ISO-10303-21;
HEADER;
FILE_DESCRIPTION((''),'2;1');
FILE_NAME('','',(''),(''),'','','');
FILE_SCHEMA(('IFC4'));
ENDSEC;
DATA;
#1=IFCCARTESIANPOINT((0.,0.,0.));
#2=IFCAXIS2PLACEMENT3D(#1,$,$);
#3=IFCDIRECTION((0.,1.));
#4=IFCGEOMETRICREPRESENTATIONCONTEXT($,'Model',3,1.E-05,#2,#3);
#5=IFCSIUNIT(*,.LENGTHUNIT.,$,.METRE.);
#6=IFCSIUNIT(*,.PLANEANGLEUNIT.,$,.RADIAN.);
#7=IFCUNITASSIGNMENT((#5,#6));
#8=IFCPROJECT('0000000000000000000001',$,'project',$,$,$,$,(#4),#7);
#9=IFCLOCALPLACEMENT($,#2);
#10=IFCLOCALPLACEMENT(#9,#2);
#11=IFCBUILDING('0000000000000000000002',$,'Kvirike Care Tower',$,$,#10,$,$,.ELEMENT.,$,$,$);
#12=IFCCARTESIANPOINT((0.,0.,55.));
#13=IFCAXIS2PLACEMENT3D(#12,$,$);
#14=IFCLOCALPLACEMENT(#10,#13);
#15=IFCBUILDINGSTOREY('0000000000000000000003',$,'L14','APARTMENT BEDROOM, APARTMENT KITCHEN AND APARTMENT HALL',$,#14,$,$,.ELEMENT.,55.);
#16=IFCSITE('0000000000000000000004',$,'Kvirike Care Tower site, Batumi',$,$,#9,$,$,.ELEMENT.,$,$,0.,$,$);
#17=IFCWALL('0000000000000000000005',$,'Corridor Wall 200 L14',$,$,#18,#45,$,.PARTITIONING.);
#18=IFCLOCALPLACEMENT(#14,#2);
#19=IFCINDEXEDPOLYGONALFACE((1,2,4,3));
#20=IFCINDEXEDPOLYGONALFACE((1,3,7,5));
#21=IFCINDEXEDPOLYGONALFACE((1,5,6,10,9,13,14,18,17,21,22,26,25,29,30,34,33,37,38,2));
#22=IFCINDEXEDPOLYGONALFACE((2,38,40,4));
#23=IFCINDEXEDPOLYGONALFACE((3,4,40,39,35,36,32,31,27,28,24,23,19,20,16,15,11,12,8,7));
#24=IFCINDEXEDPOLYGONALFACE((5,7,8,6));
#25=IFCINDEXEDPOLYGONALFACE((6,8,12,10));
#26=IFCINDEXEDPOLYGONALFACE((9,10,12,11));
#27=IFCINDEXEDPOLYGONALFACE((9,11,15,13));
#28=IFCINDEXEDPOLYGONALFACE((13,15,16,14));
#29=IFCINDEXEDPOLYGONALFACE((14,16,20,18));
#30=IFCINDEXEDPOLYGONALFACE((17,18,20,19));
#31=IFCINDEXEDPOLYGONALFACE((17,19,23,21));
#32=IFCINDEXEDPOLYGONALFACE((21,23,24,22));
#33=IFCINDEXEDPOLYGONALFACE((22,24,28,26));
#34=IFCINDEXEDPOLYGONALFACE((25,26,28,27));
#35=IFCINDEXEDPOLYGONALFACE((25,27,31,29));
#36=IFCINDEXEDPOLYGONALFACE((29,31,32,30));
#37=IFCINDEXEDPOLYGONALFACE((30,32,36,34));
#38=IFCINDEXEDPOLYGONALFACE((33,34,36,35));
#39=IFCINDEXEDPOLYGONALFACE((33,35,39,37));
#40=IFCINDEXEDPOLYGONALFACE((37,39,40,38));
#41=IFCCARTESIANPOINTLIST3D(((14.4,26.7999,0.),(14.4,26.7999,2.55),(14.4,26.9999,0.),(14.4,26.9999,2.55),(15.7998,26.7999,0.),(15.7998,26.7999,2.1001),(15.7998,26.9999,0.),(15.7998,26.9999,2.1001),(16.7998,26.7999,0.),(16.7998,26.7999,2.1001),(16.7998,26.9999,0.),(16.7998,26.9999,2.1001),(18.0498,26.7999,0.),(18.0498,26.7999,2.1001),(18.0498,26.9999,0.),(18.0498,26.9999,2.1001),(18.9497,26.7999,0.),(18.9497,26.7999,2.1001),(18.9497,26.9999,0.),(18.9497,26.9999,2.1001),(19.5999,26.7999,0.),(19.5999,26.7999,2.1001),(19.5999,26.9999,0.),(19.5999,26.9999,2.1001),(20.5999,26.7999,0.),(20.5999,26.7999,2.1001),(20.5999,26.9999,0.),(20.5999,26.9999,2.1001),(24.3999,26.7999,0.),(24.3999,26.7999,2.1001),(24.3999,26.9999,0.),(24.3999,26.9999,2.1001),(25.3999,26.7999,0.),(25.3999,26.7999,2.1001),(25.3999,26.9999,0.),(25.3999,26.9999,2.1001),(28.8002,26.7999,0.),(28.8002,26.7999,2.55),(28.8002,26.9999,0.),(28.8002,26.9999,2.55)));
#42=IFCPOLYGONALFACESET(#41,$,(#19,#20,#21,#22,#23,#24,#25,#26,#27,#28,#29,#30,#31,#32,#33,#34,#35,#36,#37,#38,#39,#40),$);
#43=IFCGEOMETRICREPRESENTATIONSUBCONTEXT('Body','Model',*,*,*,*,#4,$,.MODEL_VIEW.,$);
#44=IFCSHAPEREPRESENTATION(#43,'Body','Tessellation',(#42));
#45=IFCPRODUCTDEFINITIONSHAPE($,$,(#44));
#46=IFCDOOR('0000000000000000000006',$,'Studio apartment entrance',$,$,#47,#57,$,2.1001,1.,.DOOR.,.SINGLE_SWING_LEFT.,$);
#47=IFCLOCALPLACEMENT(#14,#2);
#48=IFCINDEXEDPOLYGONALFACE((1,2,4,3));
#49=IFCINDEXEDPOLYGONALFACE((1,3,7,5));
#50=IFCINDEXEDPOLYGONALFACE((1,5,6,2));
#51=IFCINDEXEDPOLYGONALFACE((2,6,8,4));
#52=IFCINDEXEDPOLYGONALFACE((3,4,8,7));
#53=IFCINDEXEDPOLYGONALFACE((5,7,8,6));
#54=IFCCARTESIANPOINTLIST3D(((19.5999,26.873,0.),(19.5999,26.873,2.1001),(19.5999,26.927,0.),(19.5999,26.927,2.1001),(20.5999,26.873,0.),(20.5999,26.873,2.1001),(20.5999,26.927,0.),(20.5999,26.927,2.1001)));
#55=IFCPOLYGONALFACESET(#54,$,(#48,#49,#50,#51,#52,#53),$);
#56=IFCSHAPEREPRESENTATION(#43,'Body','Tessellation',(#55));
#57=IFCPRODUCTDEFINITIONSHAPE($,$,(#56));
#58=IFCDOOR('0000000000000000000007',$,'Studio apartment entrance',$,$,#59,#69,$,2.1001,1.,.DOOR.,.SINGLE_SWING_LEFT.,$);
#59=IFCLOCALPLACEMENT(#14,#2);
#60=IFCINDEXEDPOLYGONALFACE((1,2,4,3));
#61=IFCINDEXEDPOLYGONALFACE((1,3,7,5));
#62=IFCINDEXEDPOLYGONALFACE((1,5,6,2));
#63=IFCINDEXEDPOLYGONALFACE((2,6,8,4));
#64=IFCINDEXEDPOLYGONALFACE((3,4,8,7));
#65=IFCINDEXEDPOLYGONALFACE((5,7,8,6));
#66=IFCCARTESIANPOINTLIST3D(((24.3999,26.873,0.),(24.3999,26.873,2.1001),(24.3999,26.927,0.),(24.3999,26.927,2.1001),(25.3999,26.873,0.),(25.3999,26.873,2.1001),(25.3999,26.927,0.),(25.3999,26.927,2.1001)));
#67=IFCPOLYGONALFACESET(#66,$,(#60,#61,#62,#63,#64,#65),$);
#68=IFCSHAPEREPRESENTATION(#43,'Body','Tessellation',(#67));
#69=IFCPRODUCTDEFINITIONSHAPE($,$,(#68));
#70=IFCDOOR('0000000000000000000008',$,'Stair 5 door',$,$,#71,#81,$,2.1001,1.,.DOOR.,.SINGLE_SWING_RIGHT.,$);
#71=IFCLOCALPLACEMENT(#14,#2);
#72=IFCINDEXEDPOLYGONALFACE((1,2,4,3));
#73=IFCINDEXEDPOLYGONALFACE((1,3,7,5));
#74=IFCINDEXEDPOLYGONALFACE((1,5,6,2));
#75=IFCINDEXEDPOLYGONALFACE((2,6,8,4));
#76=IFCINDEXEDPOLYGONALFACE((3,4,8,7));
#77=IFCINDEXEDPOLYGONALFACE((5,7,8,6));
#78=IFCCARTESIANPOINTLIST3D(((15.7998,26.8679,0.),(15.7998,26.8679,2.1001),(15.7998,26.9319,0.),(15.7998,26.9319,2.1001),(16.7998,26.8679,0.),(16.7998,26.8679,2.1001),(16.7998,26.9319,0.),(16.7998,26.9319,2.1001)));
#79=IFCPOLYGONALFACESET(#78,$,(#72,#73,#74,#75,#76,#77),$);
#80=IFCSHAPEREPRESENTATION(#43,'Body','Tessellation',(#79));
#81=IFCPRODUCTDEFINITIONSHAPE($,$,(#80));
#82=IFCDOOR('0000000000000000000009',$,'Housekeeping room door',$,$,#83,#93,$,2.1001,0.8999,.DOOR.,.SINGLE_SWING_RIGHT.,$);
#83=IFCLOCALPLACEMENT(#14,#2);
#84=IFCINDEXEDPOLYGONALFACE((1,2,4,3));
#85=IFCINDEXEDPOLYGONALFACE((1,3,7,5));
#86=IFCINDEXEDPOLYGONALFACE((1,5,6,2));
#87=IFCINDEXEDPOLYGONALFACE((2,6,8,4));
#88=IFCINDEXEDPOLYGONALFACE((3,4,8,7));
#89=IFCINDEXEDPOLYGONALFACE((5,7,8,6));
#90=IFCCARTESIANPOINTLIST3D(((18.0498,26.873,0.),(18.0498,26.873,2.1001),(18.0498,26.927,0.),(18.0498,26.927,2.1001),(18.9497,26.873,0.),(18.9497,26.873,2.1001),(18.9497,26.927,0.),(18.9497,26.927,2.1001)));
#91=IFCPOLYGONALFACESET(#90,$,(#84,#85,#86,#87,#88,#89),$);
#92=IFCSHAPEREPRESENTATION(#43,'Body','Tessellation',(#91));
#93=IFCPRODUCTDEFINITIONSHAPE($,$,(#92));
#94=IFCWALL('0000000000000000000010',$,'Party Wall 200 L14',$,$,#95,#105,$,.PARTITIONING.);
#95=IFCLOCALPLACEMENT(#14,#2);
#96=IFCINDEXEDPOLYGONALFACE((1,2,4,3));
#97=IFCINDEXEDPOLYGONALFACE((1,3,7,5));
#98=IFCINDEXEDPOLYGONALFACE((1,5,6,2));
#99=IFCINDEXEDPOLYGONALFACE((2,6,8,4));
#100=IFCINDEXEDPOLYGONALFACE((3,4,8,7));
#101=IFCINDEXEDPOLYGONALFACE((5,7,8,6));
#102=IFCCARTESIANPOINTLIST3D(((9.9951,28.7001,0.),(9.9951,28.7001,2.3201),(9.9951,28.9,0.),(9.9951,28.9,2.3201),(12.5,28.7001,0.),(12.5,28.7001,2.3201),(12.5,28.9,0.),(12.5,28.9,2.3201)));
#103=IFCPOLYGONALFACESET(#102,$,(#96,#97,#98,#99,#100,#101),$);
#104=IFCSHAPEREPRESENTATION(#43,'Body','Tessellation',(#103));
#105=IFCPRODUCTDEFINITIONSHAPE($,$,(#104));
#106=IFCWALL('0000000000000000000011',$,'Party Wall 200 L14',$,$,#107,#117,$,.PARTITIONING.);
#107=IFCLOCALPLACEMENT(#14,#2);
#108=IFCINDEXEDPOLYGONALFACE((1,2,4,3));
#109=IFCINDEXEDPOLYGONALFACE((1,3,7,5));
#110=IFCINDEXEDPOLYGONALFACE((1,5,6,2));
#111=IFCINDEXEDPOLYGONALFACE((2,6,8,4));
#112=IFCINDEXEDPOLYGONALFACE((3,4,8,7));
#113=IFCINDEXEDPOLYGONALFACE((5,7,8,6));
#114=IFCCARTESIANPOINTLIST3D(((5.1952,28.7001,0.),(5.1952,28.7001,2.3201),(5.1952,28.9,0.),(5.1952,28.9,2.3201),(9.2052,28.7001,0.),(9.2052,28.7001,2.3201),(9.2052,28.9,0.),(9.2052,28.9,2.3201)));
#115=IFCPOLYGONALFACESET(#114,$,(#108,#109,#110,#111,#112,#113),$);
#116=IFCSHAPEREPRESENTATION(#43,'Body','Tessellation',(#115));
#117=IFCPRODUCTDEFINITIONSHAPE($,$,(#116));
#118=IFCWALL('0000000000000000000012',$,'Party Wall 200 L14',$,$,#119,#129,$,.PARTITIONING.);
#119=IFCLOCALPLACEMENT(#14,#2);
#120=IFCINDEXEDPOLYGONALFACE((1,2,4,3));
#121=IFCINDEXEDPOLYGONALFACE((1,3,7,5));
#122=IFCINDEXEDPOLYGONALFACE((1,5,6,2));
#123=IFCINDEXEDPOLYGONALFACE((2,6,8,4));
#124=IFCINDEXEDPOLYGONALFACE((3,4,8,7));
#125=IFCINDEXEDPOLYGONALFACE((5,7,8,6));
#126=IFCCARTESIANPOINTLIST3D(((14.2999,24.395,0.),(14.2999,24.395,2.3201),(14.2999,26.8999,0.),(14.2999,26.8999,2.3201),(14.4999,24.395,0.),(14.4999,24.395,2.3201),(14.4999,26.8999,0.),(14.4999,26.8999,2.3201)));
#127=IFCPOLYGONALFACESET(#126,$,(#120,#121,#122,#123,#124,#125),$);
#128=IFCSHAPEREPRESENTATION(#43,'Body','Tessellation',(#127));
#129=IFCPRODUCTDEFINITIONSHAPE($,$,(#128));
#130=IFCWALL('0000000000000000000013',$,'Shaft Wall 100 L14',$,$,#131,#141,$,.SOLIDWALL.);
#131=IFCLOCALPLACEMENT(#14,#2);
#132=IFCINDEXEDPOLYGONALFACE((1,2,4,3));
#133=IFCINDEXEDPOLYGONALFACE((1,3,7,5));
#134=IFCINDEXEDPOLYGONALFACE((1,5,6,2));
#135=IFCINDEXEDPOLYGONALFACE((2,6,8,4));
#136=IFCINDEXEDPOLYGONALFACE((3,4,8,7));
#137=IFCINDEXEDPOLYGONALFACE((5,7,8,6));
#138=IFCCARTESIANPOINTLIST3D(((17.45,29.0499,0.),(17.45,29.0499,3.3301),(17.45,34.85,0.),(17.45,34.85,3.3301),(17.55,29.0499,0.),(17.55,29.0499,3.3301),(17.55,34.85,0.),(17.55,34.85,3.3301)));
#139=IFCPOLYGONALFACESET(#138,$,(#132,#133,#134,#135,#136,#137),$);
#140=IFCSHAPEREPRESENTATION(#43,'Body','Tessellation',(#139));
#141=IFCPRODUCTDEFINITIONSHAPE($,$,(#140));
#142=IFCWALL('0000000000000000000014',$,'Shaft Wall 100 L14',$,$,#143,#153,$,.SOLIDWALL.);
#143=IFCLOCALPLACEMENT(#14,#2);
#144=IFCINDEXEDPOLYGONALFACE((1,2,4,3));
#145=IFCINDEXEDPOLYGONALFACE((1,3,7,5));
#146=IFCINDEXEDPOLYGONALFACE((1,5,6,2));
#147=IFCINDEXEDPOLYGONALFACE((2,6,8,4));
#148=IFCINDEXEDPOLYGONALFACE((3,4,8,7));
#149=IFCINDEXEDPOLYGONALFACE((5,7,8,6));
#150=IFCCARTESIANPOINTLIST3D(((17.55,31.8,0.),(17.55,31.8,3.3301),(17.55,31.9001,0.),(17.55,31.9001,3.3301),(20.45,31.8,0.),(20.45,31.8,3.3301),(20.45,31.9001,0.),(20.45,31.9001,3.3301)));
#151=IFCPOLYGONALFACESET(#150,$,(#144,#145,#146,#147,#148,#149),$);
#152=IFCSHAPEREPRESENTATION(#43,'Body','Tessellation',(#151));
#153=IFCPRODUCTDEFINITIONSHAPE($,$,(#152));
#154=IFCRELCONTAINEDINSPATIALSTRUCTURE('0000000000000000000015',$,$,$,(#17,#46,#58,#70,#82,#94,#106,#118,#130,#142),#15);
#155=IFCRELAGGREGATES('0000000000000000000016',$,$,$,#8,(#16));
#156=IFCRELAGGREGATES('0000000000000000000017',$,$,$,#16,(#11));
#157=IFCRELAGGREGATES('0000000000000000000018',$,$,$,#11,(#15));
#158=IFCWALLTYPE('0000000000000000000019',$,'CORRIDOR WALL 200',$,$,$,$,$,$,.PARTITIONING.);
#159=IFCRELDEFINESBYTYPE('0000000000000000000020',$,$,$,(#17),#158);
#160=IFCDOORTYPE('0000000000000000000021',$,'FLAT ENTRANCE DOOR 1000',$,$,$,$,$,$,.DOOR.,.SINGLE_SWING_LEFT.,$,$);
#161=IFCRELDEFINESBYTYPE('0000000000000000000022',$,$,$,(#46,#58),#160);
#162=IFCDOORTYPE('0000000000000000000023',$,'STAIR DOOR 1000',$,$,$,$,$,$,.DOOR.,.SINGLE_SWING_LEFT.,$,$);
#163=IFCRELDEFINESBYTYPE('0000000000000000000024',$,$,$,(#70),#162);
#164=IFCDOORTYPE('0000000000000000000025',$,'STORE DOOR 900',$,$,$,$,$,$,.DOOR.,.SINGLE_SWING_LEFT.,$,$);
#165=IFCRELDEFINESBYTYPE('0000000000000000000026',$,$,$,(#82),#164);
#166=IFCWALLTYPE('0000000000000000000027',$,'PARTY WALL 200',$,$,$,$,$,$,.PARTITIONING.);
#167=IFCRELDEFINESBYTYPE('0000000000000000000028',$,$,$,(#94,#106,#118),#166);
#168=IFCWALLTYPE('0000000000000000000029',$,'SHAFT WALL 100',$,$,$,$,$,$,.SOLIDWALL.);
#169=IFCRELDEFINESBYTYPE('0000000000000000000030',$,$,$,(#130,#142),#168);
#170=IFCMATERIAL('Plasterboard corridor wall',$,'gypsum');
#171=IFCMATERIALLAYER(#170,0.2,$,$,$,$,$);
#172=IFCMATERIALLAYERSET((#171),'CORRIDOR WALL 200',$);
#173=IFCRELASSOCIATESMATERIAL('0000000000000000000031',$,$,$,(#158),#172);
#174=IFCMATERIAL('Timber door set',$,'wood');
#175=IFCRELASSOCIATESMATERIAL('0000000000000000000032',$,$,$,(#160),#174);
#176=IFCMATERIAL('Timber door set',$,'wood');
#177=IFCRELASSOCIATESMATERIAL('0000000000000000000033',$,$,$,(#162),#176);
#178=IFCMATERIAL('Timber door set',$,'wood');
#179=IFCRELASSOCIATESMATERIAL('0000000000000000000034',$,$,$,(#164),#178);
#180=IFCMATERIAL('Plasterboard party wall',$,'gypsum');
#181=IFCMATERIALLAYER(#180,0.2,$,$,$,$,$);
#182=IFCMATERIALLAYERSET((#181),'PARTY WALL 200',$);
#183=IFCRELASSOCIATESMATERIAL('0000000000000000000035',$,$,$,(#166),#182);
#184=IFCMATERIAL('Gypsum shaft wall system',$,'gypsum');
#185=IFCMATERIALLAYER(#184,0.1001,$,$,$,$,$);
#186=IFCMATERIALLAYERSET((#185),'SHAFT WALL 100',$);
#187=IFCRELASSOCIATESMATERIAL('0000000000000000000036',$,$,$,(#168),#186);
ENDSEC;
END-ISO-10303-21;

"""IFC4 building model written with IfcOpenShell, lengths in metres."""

from ifc_helpers import new_model, si_unit, direction, frame, frame_2d, origin, place, context, subcontext, project, spatial, rectangle, extrude, material, layer, layer_set, type_object, element, fill, save


model = new_model("IFC4")

# Units and contexts
model_context = context("Model", 3, precision=1e-05, world=origin(), true_north=direction((0.0, 1.0)))
body_context = subcontext(model_context, "Body", "Model", "MODEL_VIEW")
ifc_project = project(units=[si_unit("LENGTHUNIT", "METRE"), si_unit("PLANEANGLEUNIT", "RADIAN")], contexts=[model_context])

# Site, building, storey
site_placement = place(None, origin())
site = spatial("IfcSite", under=ifc_project, at=site_placement, Name="Kvirike Care Tower site, Batumi", CompositionType="ELEMENT", RefElevation=0.0)
building_placement = place(site_placement, origin())
building = spatial("IfcBuilding", under=site, at=building_placement, Name="Kvirike Care Tower", CompositionType="ELEMENT")
storey_placement = place(building_placement, frame((0.0, 0.0, 55.0)))
storey = spatial("IfcBuildingStorey", under=building, at=storey_placement, Name="L14", Description="APARTMENT BEDROOM, APARTMENT KITCHEN AND APARTMENT HALL", CompositionType="ELEMENT", Elevation=55.0)

# Wall, openings, doors
ifc_material_1 = material(Name="Plasterboard corridor wall", Category="gypsum")
ifc_layer_1 = layer(ifc_material_1, 0.2)
ifc_layer_set_1 = layer_set([ifc_layer_1], Name="CORRIDOR WALL 200")
wall_type_1 = type_object("IfcWallType", Name="CORRIDOR WALL 200", PredefinedType="PARTITIONING", material=ifc_layer_set_1)
wall_1_placement = place(storey_placement, frame((14.3999, 26.8999, 0.0), z_axis=(0.0, 0.0, 1.0), x_axis=(1.0, 0.0, 0.0)))
wall_1 = element("IfcWall", 1, at=wall_1_placement, inside=storey, type_object=wall_type_1, Name="Corridor Wall 200 L14", PredefinedType="PARTITIONING", context=body_context, shape_type="SweptSolid", body=[
    extrude(rectangle(XDim=14.4001, YDim=0.2, at=frame_2d((7.2002, 0.0))), origin(), (0.0, 0.0, 1.0), 2.55),
])
opening_1_placement = place(wall_1_placement, frame((1.3999, 0.0, 0.0)))
opening_1 = element("IfcOpeningElement", 2, at=opening_1_placement, cuts=wall_1, PredefinedType="OPENING", context=body_context, shape_type="SweptSolid", body=[
    extrude(rectangle(XDim=1.0, YDim=2.1001, at=frame_2d((0.5, 1.05))), frame((0.0, 0.1106, 0.0), z_axis=(0.0, -1.0, 0.0), x_axis=(1.0, 0.0, 0.0)), (0.0, 0.0, 1.0), 0.2209),
])
opening_2_placement = place(wall_1_placement, frame((3.6499, 0.0, 0.0)))
opening_2 = element("IfcOpeningElement", 3, at=opening_2_placement, cuts=wall_1, PredefinedType="OPENING", context=body_context, shape_type="SweptSolid", body=[
    extrude(rectangle(XDim=0.8999, YDim=2.1001, at=frame_2d((0.45, 1.05))), frame((0.0, 0.1106, 0.0), z_axis=(0.0, -1.0, 0.0), x_axis=(1.0, 0.0, 0.0)), (0.0, 0.0, 1.0), 0.2209),
])
opening_3_placement = place(wall_1_placement, frame((5.2, 0.0, 0.0)))
opening_3 = element("IfcOpeningElement", 4, at=opening_3_placement, cuts=wall_1, PredefinedType="OPENING", context=body_context, shape_type="SweptSolid", body=[
    extrude(rectangle(XDim=1.0, YDim=2.1001, at=frame_2d((0.5, 1.05))), frame((0.0, 0.1106, 0.0), z_axis=(0.0, -1.0, 0.0), x_axis=(1.0, 0.0, 0.0)), (0.0, 0.0, 1.0), 0.2209),
])
opening_4_placement = place(wall_1_placement, frame((10.0, 0.0, 0.0)))
opening_4 = element("IfcOpeningElement", 5, at=opening_4_placement, cuts=wall_1, PredefinedType="OPENING", context=body_context, shape_type="SweptSolid", body=[
    extrude(rectangle(XDim=1.0, YDim=2.1001, at=frame_2d((0.5, 1.05))), frame((0.0, 0.1106, 0.0), z_axis=(0.0, -1.0, 0.0), x_axis=(1.0, 0.0, 0.0)), (0.0, 0.0, 1.0), 0.2209),
])
ifc_material_2 = material(Name="Timber door set", Category="wood")
door_type_1 = type_object("IfcDoorType", Name="FLAT ENTRANCE DOOR 1000", OperationType="SINGLE_SWING_LEFT", PredefinedType="DOOR", material=ifc_material_2)
door_1_placement = place(opening_3_placement, frame((1.0, 0.0, 0.0), z_axis=(0.0, 0.0, 1.0), x_axis=(-1.0, 0.0, 0.0)))
door_1 = element("IfcDoor", 6, at=door_1_placement, inside=storey, type_object=door_type_1, Name="Studio apartment entrance", OperationType="SINGLE_SWING_LEFT", OverallHeight=2.1001, OverallWidth=1.0, PredefinedType="DOOR", context=body_context, shape_type="SweptSolid", body=[
    extrude(rectangle(XDim=1.0, YDim=2.1001, at=frame_2d((0.5, 1.05))), frame((0.0, 0.0269, 0.0), z_axis=(0.0, -1.0, 0.0), x_axis=(1.0, 0.0, 0.0)), (0.0, 0.0, 1.0), 0.054),
])
fill(opening_3, door_1)
door_2_placement = place(opening_4_placement, frame((1.0, 0.0, 0.0), z_axis=(0.0, 0.0, 1.0), x_axis=(-1.0, 0.0, 0.0)))
door_2 = element("IfcDoor", 7, at=door_2_placement, inside=storey, type_object=door_type_1, Name="Studio apartment entrance", OperationType="SINGLE_SWING_LEFT", OverallHeight=2.1001, OverallWidth=1.0, PredefinedType="DOOR", context=body_context, shape_type="SweptSolid", body=[
    extrude(rectangle(XDim=1.0, YDim=2.1001, at=frame_2d((0.5, 1.05))), frame((0.0, 0.0269, 0.0), z_axis=(0.0, -1.0, 0.0), x_axis=(1.0, 0.0, 0.0)), (0.0, 0.0, 1.0), 0.054),
])
fill(opening_4, door_2)
ifc_material_3 = material(Name="Timber door set", Category="wood")
door_type_2 = type_object("IfcDoorType", Name="STAIR DOOR 1000", OperationType="SINGLE_SWING_LEFT", PredefinedType="DOOR", material=ifc_material_3)
door_3_placement = place(opening_1_placement, frame((1.0, 0.0, 0.0), z_axis=(0.0, 0.0, 1.0), x_axis=(-1.0, 0.0, 0.0)))
door_3 = element("IfcDoor", 8, at=door_3_placement, inside=storey, type_object=door_type_2, Name="Stair 5 door", OperationType="SINGLE_SWING_RIGHT", OverallHeight=2.1001, OverallWidth=1.0, PredefinedType="DOOR", context=body_context, shape_type="SweptSolid", body=[
    extrude(rectangle(XDim=1.0, YDim=2.1001, at=frame_2d((0.5, 1.05))), frame((0.0, 0.032, 0.0), z_axis=(0.0, -1.0, 0.0), x_axis=(1.0, 0.0, 0.0)), (0.0, 0.0, 1.0), 0.064),
])
fill(opening_1, door_3)
ifc_material_4 = material(Name="Timber door set", Category="wood")
door_type_3 = type_object("IfcDoorType", Name="STORE DOOR 900", OperationType="SINGLE_SWING_LEFT", PredefinedType="DOOR", material=ifc_material_4)
door_4_placement = place(opening_2_placement, frame((0.8999, 0.0, 0.0), z_axis=(0.0, 0.0, 1.0), x_axis=(-1.0, 0.0, 0.0)))
door_4 = element("IfcDoor", 9, at=door_4_placement, inside=storey, type_object=door_type_3, Name="Housekeeping room door", OperationType="SINGLE_SWING_RIGHT", OverallHeight=2.1001, OverallWidth=0.8999, PredefinedType="DOOR", context=body_context, shape_type="SweptSolid", body=[
    extrude(rectangle(XDim=0.8999, YDim=2.1001, at=frame_2d((0.45, 1.05))), frame((0.0, 0.0269, 0.0), z_axis=(0.0, -1.0, 0.0), x_axis=(1.0, 0.0, 0.0)), (0.0, 0.0, 1.0), 0.054),
])
fill(opening_2, door_4)

# Walls
ifc_material_5 = material(Name="Plasterboard party wall", Category="gypsum")
ifc_layer_2 = layer(ifc_material_5, 0.2)
ifc_layer_set_2 = layer_set([ifc_layer_2], Name="PARTY WALL 200")
wall_type_2 = type_object("IfcWallType", Name="PARTY WALL 200", PredefinedType="PARTITIONING", material=ifc_layer_set_2)
wall_2_placement = place(storey_placement, frame((12.5, 28.8, 0.0), z_axis=(0.0, 0.0, 1.0), x_axis=(-1.0, 0.0, 0.0)))
element("IfcWall", 10, at=wall_2_placement, inside=storey, type_object=wall_type_2, Name="Party Wall 200 L14", PredefinedType="PARTITIONING", context=body_context, shape_type="SweptSolid", body=[
    extrude(rectangle(XDim=2.5049, YDim=0.2, at=frame_2d((1.2524, 0.0))), origin(), (0.0, 0.0, 1.0), 2.3201),
])
wall_3_placement = place(storey_placement, frame((9.2051, 28.8, 0.0), z_axis=(0.0, 0.0, 1.0), x_axis=(-1.0, 0.0, 0.0)))
element("IfcWall", 11, at=wall_3_placement, inside=storey, type_object=wall_type_2, Name="Party Wall 200 L14", PredefinedType="PARTITIONING", context=body_context, shape_type="SweptSolid", body=[
    extrude(rectangle(XDim=4.01, YDim=0.2, at=frame_2d((2.0049, 0.0))), origin(), (0.0, 0.0, 1.0), 2.3201),
])
wall_4_placement = place(storey_placement, frame((14.3999, 24.395, 0.0), z_axis=(0.0, 0.0, 1.0), x_axis=(0.0, 1.0, 0.0)))
element("IfcWall", 12, at=wall_4_placement, inside=storey, type_object=wall_type_2, Name="Party Wall 200 L14", PredefinedType="PARTITIONING", context=body_context, shape_type="SweptSolid", body=[
    extrude(rectangle(XDim=2.5049, YDim=0.2, at=frame_2d((1.2524, 0.0))), origin(), (0.0, 0.0, 1.0), 2.3201),
])
ifc_material_6 = material(Name="Gypsum shaft wall system", Category="gypsum")
ifc_layer_3 = layer(ifc_material_6, 0.1001)
ifc_layer_set_3 = layer_set([ifc_layer_3], Name="SHAFT WALL 100")
wall_type_3 = type_object("IfcWallType", Name="SHAFT WALL 100", PredefinedType="SOLIDWALL", material=ifc_layer_set_3)
wall_5_placement = place(storey_placement, frame((17.5, 29.05, 0.0), z_axis=(0.0, 0.0, 1.0), x_axis=(0.0, 1.0, 0.0)))
element("IfcWall", 13, at=wall_5_placement, inside=storey, type_object=wall_type_3, Name="Shaft Wall 100 L14", PredefinedType="SOLIDWALL", context=body_context, shape_type="SweptSolid", body=[
    extrude(rectangle(XDim=5.8, YDim=0.1001, at=frame_2d((2.8999, 0.0))), origin(), (0.0, 0.0, 1.0), 3.3301),
])
wall_6_placement = place(storey_placement, frame((17.55, 31.8501, 0.0), z_axis=(0.0, 0.0, 1.0), x_axis=(1.0, 0.0, 0.0)))
element("IfcWall", 14, at=wall_6_placement, inside=storey, type_object=wall_type_3, Name="Shaft Wall 100 L14", PredefinedType="SOLIDWALL", context=body_context, shape_type="SweptSolid", body=[
    extrude(rectangle(XDim=2.8999, YDim=0.1001, at=frame_2d((1.45, 0.0))), origin(), (0.0, 0.0, 1.0), 3.3301),
])

save(model, "model.ifc")
